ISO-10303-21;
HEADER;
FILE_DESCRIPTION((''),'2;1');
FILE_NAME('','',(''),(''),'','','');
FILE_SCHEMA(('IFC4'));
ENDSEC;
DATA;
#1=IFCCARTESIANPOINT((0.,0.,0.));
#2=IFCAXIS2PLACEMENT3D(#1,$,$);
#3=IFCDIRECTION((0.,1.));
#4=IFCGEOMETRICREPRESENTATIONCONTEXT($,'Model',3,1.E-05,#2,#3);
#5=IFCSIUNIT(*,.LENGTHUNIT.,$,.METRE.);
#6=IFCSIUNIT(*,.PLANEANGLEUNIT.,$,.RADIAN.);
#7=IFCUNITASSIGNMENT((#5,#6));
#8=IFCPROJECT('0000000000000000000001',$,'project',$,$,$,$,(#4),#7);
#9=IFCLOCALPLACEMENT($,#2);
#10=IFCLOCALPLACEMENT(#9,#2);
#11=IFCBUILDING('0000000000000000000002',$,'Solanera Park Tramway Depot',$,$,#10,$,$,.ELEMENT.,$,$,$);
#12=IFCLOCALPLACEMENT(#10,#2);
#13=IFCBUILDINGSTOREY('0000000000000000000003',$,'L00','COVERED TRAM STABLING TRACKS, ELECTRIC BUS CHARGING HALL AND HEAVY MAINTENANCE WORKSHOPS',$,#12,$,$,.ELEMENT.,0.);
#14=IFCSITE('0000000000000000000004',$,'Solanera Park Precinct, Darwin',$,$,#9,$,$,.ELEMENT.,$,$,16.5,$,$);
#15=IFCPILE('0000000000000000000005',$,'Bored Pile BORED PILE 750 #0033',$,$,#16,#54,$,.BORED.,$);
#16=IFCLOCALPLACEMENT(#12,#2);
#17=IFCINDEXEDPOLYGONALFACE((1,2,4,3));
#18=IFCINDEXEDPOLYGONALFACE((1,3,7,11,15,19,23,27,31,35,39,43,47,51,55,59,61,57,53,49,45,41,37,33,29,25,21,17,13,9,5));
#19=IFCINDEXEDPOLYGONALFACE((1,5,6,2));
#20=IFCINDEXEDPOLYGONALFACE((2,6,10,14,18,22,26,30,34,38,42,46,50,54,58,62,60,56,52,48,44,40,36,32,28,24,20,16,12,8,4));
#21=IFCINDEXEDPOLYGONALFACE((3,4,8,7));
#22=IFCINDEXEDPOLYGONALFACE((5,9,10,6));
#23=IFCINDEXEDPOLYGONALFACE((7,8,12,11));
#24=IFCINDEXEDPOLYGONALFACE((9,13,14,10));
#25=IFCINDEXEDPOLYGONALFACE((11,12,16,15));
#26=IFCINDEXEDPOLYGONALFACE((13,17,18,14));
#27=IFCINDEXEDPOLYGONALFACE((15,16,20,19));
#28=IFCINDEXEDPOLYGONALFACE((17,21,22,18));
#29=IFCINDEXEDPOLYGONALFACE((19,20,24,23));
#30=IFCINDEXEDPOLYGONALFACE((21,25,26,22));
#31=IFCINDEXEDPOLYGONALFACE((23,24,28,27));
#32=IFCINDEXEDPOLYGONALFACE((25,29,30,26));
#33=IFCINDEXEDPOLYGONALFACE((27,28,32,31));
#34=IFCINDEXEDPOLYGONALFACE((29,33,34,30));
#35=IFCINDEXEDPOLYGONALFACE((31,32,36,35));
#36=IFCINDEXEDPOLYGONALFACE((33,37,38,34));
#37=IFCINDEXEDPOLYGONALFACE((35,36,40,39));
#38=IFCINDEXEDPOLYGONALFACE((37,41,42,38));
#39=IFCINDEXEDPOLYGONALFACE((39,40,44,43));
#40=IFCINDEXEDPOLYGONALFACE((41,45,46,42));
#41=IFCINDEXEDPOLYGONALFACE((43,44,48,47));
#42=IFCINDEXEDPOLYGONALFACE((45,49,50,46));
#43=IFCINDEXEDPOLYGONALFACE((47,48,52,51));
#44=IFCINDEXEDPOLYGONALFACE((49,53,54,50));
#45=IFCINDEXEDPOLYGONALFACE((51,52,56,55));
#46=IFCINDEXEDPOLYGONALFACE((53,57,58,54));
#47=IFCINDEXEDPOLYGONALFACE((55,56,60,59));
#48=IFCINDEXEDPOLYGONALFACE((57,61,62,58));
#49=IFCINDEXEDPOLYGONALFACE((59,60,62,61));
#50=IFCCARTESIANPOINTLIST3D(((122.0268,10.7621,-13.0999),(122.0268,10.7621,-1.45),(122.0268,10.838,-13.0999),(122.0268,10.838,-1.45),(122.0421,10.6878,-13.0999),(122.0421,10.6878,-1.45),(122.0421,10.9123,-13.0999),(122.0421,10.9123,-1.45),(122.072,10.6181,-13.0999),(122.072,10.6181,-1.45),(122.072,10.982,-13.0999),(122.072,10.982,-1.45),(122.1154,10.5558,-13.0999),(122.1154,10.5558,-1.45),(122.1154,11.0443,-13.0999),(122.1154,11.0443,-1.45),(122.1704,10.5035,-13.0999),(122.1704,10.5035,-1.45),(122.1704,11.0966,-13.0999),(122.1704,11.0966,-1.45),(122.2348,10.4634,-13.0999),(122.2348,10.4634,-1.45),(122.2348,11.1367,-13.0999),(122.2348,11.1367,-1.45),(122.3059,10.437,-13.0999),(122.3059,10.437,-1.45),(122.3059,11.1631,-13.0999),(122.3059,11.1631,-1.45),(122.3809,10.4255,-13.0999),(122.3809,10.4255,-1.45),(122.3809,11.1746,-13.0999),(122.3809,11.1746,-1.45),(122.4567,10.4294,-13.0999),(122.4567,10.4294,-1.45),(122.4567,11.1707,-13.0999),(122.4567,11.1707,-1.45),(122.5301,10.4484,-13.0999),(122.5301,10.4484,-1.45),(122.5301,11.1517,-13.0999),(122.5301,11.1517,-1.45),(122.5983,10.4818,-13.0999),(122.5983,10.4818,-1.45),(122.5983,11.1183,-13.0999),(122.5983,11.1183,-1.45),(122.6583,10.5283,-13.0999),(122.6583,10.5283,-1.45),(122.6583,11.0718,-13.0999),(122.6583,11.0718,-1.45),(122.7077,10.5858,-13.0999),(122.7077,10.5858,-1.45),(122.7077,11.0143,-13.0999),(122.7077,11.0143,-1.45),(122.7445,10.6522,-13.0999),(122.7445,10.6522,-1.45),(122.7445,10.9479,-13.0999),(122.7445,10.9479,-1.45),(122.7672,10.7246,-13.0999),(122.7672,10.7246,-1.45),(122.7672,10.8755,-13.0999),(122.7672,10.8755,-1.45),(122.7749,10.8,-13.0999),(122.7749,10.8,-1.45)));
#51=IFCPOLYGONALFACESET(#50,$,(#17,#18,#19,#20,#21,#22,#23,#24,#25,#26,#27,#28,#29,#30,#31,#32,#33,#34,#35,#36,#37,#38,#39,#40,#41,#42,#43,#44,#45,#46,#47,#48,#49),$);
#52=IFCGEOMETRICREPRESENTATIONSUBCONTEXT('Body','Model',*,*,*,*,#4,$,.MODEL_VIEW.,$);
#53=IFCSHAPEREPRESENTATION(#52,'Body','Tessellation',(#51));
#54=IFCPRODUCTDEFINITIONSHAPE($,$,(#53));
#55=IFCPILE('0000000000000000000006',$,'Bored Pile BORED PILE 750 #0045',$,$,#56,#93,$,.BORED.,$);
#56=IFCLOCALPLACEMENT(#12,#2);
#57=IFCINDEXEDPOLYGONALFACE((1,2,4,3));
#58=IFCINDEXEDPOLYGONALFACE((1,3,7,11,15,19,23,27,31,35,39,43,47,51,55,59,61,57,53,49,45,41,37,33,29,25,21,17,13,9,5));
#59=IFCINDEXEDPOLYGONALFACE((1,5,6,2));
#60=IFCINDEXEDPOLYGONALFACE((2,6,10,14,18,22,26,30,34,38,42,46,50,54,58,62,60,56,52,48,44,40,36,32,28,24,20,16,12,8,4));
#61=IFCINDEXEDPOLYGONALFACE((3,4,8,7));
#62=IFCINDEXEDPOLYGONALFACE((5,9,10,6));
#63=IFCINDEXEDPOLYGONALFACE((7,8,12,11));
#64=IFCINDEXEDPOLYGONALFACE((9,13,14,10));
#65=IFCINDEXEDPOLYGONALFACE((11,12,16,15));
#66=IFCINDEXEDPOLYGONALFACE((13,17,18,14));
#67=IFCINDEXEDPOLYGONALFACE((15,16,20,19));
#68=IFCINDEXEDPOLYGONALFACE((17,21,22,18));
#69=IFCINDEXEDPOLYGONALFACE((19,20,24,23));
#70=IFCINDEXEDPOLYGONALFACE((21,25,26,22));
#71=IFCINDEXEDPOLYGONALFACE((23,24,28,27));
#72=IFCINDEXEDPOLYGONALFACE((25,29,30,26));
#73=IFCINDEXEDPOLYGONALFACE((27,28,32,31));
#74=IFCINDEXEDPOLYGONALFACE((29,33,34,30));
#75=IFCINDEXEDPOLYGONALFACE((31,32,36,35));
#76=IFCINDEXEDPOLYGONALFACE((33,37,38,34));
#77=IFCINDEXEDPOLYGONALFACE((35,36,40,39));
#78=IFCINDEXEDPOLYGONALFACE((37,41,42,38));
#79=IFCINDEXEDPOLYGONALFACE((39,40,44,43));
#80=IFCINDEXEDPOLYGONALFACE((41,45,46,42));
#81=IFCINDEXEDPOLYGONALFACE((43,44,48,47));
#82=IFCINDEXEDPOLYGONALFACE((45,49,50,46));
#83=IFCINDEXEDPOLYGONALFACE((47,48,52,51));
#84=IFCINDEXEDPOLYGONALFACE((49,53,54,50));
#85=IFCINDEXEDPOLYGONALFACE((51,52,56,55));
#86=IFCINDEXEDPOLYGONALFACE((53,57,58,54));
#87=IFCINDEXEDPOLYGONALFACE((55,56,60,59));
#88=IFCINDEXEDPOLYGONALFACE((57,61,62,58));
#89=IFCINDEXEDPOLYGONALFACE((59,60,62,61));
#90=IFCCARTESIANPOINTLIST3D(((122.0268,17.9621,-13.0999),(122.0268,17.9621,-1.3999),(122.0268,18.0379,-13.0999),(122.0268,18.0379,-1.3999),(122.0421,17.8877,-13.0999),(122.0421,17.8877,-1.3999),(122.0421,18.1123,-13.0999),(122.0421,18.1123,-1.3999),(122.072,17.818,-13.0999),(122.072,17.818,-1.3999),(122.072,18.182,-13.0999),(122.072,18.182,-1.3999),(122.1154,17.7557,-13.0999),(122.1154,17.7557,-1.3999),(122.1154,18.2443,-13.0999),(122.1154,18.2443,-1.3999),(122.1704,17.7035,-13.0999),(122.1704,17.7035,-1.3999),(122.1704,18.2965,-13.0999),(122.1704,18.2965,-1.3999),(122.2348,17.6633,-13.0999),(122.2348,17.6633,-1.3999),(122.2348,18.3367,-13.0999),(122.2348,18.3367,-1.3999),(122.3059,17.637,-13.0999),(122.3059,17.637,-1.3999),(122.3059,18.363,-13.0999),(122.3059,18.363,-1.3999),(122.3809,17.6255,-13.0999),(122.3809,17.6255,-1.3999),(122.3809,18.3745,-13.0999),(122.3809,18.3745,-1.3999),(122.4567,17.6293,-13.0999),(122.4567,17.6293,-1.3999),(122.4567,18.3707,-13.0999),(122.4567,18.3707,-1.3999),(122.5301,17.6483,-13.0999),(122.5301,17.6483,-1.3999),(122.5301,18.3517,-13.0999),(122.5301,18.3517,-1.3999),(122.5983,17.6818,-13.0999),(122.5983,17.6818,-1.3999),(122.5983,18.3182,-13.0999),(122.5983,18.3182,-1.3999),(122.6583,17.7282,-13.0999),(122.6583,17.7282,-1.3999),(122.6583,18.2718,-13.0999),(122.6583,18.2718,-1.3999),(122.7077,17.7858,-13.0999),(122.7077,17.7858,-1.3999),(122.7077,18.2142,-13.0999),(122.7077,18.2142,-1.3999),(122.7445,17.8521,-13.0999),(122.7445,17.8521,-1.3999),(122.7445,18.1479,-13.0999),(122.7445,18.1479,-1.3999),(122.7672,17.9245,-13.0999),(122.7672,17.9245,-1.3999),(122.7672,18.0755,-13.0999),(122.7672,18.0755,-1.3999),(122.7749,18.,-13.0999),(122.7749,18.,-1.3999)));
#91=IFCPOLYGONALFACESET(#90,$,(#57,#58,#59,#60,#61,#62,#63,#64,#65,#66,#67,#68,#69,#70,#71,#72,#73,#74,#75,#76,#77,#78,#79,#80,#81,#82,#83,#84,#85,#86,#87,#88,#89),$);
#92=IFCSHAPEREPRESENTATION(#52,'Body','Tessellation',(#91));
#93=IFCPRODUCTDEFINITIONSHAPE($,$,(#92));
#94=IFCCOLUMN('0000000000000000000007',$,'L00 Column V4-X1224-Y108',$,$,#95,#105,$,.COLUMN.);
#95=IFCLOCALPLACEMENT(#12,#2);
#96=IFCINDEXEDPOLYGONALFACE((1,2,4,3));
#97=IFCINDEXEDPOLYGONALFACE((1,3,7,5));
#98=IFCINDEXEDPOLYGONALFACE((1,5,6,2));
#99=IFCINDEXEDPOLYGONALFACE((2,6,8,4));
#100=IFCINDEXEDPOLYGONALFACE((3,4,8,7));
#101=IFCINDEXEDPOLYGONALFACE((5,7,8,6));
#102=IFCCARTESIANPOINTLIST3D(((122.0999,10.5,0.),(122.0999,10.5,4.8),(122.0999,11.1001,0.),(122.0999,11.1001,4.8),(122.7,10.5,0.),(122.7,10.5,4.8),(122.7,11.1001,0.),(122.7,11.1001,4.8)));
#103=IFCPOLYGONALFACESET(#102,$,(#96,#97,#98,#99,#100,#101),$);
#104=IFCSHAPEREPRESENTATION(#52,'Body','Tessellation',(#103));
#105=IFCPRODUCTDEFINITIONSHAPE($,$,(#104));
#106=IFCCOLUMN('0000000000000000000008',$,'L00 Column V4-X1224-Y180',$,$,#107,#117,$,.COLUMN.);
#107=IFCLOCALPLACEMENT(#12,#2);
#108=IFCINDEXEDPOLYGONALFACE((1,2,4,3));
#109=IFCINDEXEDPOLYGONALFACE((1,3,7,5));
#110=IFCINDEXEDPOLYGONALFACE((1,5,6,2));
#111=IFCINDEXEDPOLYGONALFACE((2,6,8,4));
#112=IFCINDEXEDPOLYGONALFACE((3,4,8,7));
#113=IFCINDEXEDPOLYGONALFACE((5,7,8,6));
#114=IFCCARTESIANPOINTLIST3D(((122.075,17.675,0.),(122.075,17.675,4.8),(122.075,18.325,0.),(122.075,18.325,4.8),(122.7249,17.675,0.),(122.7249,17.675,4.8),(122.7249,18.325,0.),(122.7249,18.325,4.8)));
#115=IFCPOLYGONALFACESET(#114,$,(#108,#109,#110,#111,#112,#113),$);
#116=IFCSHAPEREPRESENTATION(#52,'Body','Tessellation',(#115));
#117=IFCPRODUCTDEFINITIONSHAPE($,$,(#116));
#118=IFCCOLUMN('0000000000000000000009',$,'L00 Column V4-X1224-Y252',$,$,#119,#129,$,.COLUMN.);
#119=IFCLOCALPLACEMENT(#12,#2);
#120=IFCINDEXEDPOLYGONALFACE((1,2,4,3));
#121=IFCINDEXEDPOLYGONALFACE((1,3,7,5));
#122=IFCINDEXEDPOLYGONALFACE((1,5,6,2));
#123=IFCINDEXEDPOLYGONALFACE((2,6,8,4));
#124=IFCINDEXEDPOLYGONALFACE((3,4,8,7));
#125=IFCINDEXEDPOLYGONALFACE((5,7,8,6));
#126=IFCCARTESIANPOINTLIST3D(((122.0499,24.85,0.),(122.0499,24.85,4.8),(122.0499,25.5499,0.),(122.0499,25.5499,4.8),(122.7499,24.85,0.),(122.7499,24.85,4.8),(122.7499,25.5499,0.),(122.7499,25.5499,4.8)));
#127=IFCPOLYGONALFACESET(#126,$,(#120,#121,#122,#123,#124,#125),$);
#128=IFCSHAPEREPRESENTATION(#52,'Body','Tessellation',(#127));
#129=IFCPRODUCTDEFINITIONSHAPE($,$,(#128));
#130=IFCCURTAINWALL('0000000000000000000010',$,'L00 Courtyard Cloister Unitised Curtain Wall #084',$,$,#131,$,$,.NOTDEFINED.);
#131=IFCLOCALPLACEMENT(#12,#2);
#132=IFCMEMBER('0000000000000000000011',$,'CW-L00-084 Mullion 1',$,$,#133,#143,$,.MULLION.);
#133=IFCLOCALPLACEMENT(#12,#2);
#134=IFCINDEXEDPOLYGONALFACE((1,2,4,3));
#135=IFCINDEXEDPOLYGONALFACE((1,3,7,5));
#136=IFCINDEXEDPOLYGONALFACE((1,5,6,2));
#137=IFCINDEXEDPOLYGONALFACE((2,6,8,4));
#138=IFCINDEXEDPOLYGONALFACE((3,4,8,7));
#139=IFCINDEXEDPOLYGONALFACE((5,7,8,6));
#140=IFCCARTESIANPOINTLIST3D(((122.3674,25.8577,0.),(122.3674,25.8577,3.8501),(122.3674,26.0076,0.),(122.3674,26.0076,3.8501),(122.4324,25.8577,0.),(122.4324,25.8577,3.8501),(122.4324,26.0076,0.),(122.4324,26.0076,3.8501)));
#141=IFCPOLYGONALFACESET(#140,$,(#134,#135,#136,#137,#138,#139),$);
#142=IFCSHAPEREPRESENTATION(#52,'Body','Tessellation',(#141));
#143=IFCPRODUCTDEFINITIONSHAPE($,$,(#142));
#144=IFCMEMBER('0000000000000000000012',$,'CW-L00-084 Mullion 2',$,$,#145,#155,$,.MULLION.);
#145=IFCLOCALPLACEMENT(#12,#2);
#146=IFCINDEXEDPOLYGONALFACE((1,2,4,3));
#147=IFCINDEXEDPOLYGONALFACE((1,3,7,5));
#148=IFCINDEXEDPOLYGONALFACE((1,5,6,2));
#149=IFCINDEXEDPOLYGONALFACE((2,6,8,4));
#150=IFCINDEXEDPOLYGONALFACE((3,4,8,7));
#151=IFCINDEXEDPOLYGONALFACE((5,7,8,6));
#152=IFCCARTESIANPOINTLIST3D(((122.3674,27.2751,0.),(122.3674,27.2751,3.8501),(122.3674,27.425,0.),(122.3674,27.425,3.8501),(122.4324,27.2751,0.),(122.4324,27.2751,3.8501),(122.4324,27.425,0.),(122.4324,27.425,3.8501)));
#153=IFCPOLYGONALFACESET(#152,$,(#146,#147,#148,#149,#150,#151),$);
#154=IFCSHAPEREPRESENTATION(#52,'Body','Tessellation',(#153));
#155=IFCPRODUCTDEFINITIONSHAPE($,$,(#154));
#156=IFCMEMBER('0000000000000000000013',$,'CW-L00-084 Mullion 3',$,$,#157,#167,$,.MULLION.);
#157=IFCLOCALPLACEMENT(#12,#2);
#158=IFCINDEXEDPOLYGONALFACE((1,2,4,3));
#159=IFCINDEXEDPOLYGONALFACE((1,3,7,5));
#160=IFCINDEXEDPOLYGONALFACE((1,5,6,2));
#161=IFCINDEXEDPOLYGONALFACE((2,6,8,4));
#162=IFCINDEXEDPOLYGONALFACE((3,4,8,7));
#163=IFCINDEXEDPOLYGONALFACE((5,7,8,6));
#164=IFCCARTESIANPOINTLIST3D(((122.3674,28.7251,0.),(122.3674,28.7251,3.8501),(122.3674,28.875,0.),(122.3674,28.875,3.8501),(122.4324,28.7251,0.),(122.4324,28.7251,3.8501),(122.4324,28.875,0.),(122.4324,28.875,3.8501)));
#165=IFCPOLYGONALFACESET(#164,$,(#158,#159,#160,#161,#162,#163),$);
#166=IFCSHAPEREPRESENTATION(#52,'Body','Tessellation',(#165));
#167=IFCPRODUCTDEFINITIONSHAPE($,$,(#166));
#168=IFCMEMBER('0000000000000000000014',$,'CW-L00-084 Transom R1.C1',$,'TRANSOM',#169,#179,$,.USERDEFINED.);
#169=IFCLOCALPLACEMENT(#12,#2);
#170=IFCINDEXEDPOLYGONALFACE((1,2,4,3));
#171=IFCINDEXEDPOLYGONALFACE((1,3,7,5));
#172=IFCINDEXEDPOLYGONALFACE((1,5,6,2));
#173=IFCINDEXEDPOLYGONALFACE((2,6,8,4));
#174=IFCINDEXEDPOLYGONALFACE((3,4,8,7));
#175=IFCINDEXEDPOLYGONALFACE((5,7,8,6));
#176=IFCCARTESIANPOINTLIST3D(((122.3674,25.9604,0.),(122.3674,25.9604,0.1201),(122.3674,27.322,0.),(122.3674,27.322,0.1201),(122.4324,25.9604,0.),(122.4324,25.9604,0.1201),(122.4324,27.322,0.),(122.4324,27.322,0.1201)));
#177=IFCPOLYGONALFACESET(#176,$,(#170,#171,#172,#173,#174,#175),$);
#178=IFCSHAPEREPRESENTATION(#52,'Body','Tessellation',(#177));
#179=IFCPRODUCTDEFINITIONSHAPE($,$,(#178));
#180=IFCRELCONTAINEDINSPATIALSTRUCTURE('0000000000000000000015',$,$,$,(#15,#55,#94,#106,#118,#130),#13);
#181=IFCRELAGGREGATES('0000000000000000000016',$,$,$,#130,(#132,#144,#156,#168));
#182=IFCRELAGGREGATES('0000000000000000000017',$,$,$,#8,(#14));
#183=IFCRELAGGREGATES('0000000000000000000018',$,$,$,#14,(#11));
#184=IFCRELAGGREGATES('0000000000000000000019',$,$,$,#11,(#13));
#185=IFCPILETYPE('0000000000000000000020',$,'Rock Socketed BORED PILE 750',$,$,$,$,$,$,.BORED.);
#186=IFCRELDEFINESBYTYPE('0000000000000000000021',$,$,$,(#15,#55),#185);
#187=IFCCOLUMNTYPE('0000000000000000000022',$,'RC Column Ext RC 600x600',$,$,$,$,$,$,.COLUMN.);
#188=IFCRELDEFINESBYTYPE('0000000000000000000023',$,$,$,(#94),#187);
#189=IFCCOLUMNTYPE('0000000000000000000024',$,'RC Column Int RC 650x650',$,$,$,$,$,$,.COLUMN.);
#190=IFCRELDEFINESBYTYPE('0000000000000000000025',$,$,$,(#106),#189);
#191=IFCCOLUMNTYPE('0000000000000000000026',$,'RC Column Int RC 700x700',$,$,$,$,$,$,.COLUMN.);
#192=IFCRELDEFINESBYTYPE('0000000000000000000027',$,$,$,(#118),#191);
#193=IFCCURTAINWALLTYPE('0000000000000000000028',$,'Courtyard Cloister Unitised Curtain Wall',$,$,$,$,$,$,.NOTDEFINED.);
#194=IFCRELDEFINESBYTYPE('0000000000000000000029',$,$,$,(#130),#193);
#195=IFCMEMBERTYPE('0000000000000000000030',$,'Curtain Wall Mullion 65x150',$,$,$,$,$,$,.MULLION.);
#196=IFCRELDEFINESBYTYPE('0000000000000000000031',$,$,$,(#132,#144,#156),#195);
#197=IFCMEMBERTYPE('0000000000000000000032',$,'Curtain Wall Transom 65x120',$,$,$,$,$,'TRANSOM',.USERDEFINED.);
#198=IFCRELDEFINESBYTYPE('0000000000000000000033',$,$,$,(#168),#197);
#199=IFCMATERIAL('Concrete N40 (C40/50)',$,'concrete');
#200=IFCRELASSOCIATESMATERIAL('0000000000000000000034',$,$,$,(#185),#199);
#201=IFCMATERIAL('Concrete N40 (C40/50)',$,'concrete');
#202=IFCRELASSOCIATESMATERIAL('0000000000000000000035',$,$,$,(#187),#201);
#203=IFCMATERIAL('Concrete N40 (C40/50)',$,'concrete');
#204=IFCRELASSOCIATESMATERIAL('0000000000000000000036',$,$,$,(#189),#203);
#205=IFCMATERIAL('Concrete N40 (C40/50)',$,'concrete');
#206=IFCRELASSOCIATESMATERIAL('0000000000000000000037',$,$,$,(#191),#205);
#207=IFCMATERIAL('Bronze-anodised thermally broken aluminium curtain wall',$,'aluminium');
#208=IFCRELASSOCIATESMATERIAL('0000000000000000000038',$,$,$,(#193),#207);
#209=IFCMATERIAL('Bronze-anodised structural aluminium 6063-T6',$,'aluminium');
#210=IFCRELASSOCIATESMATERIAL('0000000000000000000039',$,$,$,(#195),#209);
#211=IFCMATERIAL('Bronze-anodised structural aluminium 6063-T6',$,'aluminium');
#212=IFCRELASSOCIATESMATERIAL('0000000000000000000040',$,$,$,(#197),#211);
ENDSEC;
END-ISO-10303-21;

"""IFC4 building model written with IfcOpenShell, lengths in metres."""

from ifc_helpers import new_model, si_unit, direction, frame, origin, origin_2d, place, context, subcontext, project, spatial, rectangle, circle, extrude, material, material_profile, profile_set, type_object, element, aggregate, save


model = new_model("IFC4")

# Units and contexts
model_context = context("Model", 3, precision=1e-05, world=origin(), true_north=direction((0.0, 1.0)))
body_context = subcontext(model_context, "Body", "Model", "MODEL_VIEW")
ifc_project = project(units=[si_unit("LENGTHUNIT", "METRE"), si_unit("PLANEANGLEUNIT", "RADIAN")], contexts=[model_context])

# Site, building, storey
site_placement = place(None, origin())
site = spatial("IfcSite", under=ifc_project, at=site_placement, Name="Solanera Park Precinct, Darwin", CompositionType="ELEMENT", RefElevation=16.5)
building_placement = place(site_placement, origin())
building = spatial("IfcBuilding", under=site, at=building_placement, Name="Solanera Park Tramway Depot", CompositionType="ELEMENT")
storey_placement = place(building_placement, origin())
storey = spatial("IfcBuildingStorey", under=building, at=storey_placement, Name="L00", Description="COVERED TRAM STABLING TRACKS, ELECTRIC BUS CHARGING HALL AND HEAVY MAINTENANCE WORKSHOPS", CompositionType="ELEMENT", Elevation=0.0)

# Piles
ifc_material_1 = material(Name="Concrete N40 (C40/50)", Category="concrete")
ifc_material_profile_1 = material_profile(ifc_material_1, circle(Radius=0.375, at=origin_2d()), Name="BORED PILE 750")
ifc_profile_set_1 = profile_set([ifc_material_profile_1], Name="Concrete N40 (C40/50)")
pile_type = type_object("IfcPileType", Name="Rock Socketed BORED PILE 750", PredefinedType="BORED", material=ifc_profile_set_1)
pile_1_placement = place(storey_placement, frame((122.3999, 10.8, -1.45), z_axis=(0.0, 0.0, -1.0), x_axis=(1.0, 0.0, 0.0)))
element("IfcPile", 1, at=pile_1_placement, inside=storey, type_object=pile_type, Name="Bored Pile BORED PILE 750 #0033", PredefinedType="BORED", context=body_context, shape_type="SweptSolid", body=[
    extrude(circle(Radius=0.375, at=origin_2d()), origin(), (0.0, 0.0, 1.0), 11.6499),
])
pile_2_placement = place(storey_placement, frame((122.3999, 18.0, -1.3999), z_axis=(0.0, 0.0, -1.0), x_axis=(1.0, 0.0, 0.0)))
element("IfcPile", 2, at=pile_2_placement, inside=storey, type_object=pile_type, Name="Bored Pile BORED PILE 750 #0045", PredefinedType="BORED", context=body_context, shape_type="SweptSolid", body=[
    extrude(circle(Radius=0.375, at=origin_2d()), origin(), (0.0, 0.0, 1.0), 11.7),
])

# Columns
ifc_material_2 = material(Name="Concrete N40 (C40/50)", Category="concrete")
ifc_material_profile_2 = material_profile(ifc_material_2, rectangle(XDim=0.6001, YDim=0.6001, at=origin_2d()), Name="RC 600x600")
ifc_profile_set_2 = profile_set([ifc_material_profile_2], Name="Concrete N40 (C40/50)")
column_type_1 = type_object("IfcColumnType", Name="RC Column Ext RC 600x600", PredefinedType="COLUMN", material=ifc_profile_set_2)
column_1_placement = place(storey_placement, frame((122.3999, 10.8, 0.0), z_axis=(0.0, 0.0, 1.0), x_axis=(1.0, 0.0, 0.0)))
element("IfcColumn", 3, at=column_1_placement, inside=storey, type_object=column_type_1, Name="L00 Column V4-X1224-Y108", PredefinedType="COLUMN", context=body_context, shape_type="SweptSolid", body=[
    extrude(rectangle(XDim=0.6001, YDim=0.6001, at=origin_2d()), origin(), (0.0, 0.0, 1.0), 4.8),
])
ifc_material_3 = material(Name="Concrete N40 (C40/50)", Category="concrete")
ifc_material_profile_3 = material_profile(ifc_material_3, rectangle(XDim=0.6499, YDim=0.6499, at=origin_2d()), Name="RC 650x650")
ifc_profile_set_3 = profile_set([ifc_material_profile_3], Name="Concrete N40 (C40/50)")
column_type_2 = type_object("IfcColumnType", Name="RC Column Int RC 650x650", PredefinedType="COLUMN", material=ifc_profile_set_3)
column_2_placement = place(storey_placement, frame((122.3999, 18.0, 0.0), z_axis=(0.0, 0.0, 1.0), x_axis=(1.0, 0.0, 0.0)))
element("IfcColumn", 4, at=column_2_placement, inside=storey, type_object=column_type_2, Name="L00 Column V4-X1224-Y180", PredefinedType="COLUMN", context=body_context, shape_type="SweptSolid", body=[
    extrude(rectangle(XDim=0.6499, YDim=0.6499, at=origin_2d()), origin(), (0.0, 0.0, 1.0), 4.8),
])
ifc_material_4 = material(Name="Concrete N40 (C40/50)", Category="concrete")
ifc_material_profile_4 = material_profile(ifc_material_4, rectangle(XDim=0.7, YDim=0.7, at=origin_2d()), Name="RC 700x700")
ifc_profile_set_4 = profile_set([ifc_material_profile_4], Name="Concrete N40 (C40/50)")
column_type_3 = type_object("IfcColumnType", Name="RC Column Int RC 700x700", PredefinedType="COLUMN", material=ifc_profile_set_4)
column_3_placement = place(storey_placement, frame((122.3999, 25.2, 0.0), z_axis=(0.0, 0.0, 1.0), x_axis=(1.0, 0.0, 0.0)))
element("IfcColumn", 5, at=column_3_placement, inside=storey, type_object=column_type_3, Name="L00 Column V4-X1224-Y252", PredefinedType="COLUMN", context=body_context, shape_type="SweptSolid", body=[
    extrude(rectangle(XDim=0.7, YDim=0.7, at=origin_2d()), origin(), (0.0, 0.0, 1.0), 4.8),
])

# Curtain wall, members
ifc_material_5 = material(Name="Bronze-anodised thermally broken aluminium curtain wall", Category="aluminium")
curtain_wall_type = type_object("IfcCurtainWallType", Name="Courtyard Cloister Unitised Curtain Wall", PredefinedType="NOTDEFINED", material=ifc_material_5)
curtain_wall_placement = place(storey_placement, origin())
curtain_wall = element("IfcCurtainWall", 6, at=curtain_wall_placement, inside=storey, type_object=curtain_wall_type, Name="L00 Courtyard Cloister Unitised Curtain Wall #084", PredefinedType="NOTDEFINED")
ifc_material_6 = material(Name="Bronze-anodised structural aluminium 6063-T6", Category="aluminium")
ifc_material_profile_5 = material_profile(ifc_material_6, rectangle(XDim=0.0649, YDim=0.1499, at=origin_2d()), Name="Curtain Wall Mullion 65x150")
ifc_profile_set_5 = profile_set([ifc_material_profile_5], Name="Bronze-anodised structural aluminium 6063-T6")
member_type_1 = type_object("IfcMemberType", Name="Curtain Wall Mullion 65x150", PredefinedType="MULLION", material=ifc_profile_set_5)
member_1_placement = place(storey_placement, frame((122.3999, 25.9326, 0.0), z_axis=(0.0, 0.0, 1.0), x_axis=(1.0, 0.0, 0.0)))
member_1 = element("IfcMember", 7, at=member_1_placement, type_object=member_type_1, Name="CW-L00-084 Mullion 1", PredefinedType="MULLION", context=body_context, shape_type="SweptSolid", body=[
    extrude(rectangle(XDim=0.0649, YDim=0.1499, at=origin_2d()), origin(), (0.0, 0.0, 1.0), 3.8501),
])
member_2_placement = place(storey_placement, frame((122.3999, 27.3501, 0.0), z_axis=(0.0, 0.0, 1.0), x_axis=(1.0, 0.0, 0.0)))
member_2 = element("IfcMember", 8, at=member_2_placement, type_object=member_type_1, Name="CW-L00-084 Mullion 2", PredefinedType="MULLION", context=body_context, shape_type="SweptSolid", body=[
    extrude(rectangle(XDim=0.0649, YDim=0.1499, at=origin_2d()), origin(), (0.0, 0.0, 1.0), 3.8501),
])
member_3_placement = place(storey_placement, frame((122.3999, 28.8, 0.0), z_axis=(0.0, 0.0, 1.0), x_axis=(1.0, 0.0, 0.0)))
member_3 = element("IfcMember", 9, at=member_3_placement, type_object=member_type_1, Name="CW-L00-084 Mullion 3", PredefinedType="MULLION", context=body_context, shape_type="SweptSolid", body=[
    extrude(rectangle(XDim=0.0649, YDim=0.1499, at=origin_2d()), origin(), (0.0, 0.0, 1.0), 3.8501),
])
ifc_material_7 = material(Name="Bronze-anodised structural aluminium 6063-T6", Category="aluminium")
ifc_material_profile_6 = material_profile(ifc_material_7, rectangle(XDim=0.0649, YDim=0.1201, at=origin_2d()), Name="Curtain Wall Transom 65x120")
ifc_profile_set_6 = profile_set([ifc_material_profile_6], Name="Bronze-anodised structural aluminium 6063-T6")
member_type_2 = type_object("IfcMemberType", Name="Curtain Wall Transom 65x120", ElementType="TRANSOM", PredefinedType="USERDEFINED", material=ifc_profile_set_6)
member_4_placement = place(storey_placement, frame((122.3999, 25.9604, 0.0601), z_axis=(0.0, 1.0, 0.0), x_axis=(-1.0, 0.0, 0.0)))
member_4 = element("IfcMember", 10, at=member_4_placement, type_object=member_type_2, Name="CW-L00-084 Transom R1.C1", ObjectType="TRANSOM", PredefinedType="USERDEFINED", context=body_context, shape_type="SweptSolid", body=[
    extrude(rectangle(XDim=0.0649, YDim=0.1201, at=origin_2d()), origin(), (0.0, 0.0, 1.0), 1.3616),
])
aggregate(curtain_wall, [member_1, member_2, member_3, member_4])

save(model, "model.ifc")
